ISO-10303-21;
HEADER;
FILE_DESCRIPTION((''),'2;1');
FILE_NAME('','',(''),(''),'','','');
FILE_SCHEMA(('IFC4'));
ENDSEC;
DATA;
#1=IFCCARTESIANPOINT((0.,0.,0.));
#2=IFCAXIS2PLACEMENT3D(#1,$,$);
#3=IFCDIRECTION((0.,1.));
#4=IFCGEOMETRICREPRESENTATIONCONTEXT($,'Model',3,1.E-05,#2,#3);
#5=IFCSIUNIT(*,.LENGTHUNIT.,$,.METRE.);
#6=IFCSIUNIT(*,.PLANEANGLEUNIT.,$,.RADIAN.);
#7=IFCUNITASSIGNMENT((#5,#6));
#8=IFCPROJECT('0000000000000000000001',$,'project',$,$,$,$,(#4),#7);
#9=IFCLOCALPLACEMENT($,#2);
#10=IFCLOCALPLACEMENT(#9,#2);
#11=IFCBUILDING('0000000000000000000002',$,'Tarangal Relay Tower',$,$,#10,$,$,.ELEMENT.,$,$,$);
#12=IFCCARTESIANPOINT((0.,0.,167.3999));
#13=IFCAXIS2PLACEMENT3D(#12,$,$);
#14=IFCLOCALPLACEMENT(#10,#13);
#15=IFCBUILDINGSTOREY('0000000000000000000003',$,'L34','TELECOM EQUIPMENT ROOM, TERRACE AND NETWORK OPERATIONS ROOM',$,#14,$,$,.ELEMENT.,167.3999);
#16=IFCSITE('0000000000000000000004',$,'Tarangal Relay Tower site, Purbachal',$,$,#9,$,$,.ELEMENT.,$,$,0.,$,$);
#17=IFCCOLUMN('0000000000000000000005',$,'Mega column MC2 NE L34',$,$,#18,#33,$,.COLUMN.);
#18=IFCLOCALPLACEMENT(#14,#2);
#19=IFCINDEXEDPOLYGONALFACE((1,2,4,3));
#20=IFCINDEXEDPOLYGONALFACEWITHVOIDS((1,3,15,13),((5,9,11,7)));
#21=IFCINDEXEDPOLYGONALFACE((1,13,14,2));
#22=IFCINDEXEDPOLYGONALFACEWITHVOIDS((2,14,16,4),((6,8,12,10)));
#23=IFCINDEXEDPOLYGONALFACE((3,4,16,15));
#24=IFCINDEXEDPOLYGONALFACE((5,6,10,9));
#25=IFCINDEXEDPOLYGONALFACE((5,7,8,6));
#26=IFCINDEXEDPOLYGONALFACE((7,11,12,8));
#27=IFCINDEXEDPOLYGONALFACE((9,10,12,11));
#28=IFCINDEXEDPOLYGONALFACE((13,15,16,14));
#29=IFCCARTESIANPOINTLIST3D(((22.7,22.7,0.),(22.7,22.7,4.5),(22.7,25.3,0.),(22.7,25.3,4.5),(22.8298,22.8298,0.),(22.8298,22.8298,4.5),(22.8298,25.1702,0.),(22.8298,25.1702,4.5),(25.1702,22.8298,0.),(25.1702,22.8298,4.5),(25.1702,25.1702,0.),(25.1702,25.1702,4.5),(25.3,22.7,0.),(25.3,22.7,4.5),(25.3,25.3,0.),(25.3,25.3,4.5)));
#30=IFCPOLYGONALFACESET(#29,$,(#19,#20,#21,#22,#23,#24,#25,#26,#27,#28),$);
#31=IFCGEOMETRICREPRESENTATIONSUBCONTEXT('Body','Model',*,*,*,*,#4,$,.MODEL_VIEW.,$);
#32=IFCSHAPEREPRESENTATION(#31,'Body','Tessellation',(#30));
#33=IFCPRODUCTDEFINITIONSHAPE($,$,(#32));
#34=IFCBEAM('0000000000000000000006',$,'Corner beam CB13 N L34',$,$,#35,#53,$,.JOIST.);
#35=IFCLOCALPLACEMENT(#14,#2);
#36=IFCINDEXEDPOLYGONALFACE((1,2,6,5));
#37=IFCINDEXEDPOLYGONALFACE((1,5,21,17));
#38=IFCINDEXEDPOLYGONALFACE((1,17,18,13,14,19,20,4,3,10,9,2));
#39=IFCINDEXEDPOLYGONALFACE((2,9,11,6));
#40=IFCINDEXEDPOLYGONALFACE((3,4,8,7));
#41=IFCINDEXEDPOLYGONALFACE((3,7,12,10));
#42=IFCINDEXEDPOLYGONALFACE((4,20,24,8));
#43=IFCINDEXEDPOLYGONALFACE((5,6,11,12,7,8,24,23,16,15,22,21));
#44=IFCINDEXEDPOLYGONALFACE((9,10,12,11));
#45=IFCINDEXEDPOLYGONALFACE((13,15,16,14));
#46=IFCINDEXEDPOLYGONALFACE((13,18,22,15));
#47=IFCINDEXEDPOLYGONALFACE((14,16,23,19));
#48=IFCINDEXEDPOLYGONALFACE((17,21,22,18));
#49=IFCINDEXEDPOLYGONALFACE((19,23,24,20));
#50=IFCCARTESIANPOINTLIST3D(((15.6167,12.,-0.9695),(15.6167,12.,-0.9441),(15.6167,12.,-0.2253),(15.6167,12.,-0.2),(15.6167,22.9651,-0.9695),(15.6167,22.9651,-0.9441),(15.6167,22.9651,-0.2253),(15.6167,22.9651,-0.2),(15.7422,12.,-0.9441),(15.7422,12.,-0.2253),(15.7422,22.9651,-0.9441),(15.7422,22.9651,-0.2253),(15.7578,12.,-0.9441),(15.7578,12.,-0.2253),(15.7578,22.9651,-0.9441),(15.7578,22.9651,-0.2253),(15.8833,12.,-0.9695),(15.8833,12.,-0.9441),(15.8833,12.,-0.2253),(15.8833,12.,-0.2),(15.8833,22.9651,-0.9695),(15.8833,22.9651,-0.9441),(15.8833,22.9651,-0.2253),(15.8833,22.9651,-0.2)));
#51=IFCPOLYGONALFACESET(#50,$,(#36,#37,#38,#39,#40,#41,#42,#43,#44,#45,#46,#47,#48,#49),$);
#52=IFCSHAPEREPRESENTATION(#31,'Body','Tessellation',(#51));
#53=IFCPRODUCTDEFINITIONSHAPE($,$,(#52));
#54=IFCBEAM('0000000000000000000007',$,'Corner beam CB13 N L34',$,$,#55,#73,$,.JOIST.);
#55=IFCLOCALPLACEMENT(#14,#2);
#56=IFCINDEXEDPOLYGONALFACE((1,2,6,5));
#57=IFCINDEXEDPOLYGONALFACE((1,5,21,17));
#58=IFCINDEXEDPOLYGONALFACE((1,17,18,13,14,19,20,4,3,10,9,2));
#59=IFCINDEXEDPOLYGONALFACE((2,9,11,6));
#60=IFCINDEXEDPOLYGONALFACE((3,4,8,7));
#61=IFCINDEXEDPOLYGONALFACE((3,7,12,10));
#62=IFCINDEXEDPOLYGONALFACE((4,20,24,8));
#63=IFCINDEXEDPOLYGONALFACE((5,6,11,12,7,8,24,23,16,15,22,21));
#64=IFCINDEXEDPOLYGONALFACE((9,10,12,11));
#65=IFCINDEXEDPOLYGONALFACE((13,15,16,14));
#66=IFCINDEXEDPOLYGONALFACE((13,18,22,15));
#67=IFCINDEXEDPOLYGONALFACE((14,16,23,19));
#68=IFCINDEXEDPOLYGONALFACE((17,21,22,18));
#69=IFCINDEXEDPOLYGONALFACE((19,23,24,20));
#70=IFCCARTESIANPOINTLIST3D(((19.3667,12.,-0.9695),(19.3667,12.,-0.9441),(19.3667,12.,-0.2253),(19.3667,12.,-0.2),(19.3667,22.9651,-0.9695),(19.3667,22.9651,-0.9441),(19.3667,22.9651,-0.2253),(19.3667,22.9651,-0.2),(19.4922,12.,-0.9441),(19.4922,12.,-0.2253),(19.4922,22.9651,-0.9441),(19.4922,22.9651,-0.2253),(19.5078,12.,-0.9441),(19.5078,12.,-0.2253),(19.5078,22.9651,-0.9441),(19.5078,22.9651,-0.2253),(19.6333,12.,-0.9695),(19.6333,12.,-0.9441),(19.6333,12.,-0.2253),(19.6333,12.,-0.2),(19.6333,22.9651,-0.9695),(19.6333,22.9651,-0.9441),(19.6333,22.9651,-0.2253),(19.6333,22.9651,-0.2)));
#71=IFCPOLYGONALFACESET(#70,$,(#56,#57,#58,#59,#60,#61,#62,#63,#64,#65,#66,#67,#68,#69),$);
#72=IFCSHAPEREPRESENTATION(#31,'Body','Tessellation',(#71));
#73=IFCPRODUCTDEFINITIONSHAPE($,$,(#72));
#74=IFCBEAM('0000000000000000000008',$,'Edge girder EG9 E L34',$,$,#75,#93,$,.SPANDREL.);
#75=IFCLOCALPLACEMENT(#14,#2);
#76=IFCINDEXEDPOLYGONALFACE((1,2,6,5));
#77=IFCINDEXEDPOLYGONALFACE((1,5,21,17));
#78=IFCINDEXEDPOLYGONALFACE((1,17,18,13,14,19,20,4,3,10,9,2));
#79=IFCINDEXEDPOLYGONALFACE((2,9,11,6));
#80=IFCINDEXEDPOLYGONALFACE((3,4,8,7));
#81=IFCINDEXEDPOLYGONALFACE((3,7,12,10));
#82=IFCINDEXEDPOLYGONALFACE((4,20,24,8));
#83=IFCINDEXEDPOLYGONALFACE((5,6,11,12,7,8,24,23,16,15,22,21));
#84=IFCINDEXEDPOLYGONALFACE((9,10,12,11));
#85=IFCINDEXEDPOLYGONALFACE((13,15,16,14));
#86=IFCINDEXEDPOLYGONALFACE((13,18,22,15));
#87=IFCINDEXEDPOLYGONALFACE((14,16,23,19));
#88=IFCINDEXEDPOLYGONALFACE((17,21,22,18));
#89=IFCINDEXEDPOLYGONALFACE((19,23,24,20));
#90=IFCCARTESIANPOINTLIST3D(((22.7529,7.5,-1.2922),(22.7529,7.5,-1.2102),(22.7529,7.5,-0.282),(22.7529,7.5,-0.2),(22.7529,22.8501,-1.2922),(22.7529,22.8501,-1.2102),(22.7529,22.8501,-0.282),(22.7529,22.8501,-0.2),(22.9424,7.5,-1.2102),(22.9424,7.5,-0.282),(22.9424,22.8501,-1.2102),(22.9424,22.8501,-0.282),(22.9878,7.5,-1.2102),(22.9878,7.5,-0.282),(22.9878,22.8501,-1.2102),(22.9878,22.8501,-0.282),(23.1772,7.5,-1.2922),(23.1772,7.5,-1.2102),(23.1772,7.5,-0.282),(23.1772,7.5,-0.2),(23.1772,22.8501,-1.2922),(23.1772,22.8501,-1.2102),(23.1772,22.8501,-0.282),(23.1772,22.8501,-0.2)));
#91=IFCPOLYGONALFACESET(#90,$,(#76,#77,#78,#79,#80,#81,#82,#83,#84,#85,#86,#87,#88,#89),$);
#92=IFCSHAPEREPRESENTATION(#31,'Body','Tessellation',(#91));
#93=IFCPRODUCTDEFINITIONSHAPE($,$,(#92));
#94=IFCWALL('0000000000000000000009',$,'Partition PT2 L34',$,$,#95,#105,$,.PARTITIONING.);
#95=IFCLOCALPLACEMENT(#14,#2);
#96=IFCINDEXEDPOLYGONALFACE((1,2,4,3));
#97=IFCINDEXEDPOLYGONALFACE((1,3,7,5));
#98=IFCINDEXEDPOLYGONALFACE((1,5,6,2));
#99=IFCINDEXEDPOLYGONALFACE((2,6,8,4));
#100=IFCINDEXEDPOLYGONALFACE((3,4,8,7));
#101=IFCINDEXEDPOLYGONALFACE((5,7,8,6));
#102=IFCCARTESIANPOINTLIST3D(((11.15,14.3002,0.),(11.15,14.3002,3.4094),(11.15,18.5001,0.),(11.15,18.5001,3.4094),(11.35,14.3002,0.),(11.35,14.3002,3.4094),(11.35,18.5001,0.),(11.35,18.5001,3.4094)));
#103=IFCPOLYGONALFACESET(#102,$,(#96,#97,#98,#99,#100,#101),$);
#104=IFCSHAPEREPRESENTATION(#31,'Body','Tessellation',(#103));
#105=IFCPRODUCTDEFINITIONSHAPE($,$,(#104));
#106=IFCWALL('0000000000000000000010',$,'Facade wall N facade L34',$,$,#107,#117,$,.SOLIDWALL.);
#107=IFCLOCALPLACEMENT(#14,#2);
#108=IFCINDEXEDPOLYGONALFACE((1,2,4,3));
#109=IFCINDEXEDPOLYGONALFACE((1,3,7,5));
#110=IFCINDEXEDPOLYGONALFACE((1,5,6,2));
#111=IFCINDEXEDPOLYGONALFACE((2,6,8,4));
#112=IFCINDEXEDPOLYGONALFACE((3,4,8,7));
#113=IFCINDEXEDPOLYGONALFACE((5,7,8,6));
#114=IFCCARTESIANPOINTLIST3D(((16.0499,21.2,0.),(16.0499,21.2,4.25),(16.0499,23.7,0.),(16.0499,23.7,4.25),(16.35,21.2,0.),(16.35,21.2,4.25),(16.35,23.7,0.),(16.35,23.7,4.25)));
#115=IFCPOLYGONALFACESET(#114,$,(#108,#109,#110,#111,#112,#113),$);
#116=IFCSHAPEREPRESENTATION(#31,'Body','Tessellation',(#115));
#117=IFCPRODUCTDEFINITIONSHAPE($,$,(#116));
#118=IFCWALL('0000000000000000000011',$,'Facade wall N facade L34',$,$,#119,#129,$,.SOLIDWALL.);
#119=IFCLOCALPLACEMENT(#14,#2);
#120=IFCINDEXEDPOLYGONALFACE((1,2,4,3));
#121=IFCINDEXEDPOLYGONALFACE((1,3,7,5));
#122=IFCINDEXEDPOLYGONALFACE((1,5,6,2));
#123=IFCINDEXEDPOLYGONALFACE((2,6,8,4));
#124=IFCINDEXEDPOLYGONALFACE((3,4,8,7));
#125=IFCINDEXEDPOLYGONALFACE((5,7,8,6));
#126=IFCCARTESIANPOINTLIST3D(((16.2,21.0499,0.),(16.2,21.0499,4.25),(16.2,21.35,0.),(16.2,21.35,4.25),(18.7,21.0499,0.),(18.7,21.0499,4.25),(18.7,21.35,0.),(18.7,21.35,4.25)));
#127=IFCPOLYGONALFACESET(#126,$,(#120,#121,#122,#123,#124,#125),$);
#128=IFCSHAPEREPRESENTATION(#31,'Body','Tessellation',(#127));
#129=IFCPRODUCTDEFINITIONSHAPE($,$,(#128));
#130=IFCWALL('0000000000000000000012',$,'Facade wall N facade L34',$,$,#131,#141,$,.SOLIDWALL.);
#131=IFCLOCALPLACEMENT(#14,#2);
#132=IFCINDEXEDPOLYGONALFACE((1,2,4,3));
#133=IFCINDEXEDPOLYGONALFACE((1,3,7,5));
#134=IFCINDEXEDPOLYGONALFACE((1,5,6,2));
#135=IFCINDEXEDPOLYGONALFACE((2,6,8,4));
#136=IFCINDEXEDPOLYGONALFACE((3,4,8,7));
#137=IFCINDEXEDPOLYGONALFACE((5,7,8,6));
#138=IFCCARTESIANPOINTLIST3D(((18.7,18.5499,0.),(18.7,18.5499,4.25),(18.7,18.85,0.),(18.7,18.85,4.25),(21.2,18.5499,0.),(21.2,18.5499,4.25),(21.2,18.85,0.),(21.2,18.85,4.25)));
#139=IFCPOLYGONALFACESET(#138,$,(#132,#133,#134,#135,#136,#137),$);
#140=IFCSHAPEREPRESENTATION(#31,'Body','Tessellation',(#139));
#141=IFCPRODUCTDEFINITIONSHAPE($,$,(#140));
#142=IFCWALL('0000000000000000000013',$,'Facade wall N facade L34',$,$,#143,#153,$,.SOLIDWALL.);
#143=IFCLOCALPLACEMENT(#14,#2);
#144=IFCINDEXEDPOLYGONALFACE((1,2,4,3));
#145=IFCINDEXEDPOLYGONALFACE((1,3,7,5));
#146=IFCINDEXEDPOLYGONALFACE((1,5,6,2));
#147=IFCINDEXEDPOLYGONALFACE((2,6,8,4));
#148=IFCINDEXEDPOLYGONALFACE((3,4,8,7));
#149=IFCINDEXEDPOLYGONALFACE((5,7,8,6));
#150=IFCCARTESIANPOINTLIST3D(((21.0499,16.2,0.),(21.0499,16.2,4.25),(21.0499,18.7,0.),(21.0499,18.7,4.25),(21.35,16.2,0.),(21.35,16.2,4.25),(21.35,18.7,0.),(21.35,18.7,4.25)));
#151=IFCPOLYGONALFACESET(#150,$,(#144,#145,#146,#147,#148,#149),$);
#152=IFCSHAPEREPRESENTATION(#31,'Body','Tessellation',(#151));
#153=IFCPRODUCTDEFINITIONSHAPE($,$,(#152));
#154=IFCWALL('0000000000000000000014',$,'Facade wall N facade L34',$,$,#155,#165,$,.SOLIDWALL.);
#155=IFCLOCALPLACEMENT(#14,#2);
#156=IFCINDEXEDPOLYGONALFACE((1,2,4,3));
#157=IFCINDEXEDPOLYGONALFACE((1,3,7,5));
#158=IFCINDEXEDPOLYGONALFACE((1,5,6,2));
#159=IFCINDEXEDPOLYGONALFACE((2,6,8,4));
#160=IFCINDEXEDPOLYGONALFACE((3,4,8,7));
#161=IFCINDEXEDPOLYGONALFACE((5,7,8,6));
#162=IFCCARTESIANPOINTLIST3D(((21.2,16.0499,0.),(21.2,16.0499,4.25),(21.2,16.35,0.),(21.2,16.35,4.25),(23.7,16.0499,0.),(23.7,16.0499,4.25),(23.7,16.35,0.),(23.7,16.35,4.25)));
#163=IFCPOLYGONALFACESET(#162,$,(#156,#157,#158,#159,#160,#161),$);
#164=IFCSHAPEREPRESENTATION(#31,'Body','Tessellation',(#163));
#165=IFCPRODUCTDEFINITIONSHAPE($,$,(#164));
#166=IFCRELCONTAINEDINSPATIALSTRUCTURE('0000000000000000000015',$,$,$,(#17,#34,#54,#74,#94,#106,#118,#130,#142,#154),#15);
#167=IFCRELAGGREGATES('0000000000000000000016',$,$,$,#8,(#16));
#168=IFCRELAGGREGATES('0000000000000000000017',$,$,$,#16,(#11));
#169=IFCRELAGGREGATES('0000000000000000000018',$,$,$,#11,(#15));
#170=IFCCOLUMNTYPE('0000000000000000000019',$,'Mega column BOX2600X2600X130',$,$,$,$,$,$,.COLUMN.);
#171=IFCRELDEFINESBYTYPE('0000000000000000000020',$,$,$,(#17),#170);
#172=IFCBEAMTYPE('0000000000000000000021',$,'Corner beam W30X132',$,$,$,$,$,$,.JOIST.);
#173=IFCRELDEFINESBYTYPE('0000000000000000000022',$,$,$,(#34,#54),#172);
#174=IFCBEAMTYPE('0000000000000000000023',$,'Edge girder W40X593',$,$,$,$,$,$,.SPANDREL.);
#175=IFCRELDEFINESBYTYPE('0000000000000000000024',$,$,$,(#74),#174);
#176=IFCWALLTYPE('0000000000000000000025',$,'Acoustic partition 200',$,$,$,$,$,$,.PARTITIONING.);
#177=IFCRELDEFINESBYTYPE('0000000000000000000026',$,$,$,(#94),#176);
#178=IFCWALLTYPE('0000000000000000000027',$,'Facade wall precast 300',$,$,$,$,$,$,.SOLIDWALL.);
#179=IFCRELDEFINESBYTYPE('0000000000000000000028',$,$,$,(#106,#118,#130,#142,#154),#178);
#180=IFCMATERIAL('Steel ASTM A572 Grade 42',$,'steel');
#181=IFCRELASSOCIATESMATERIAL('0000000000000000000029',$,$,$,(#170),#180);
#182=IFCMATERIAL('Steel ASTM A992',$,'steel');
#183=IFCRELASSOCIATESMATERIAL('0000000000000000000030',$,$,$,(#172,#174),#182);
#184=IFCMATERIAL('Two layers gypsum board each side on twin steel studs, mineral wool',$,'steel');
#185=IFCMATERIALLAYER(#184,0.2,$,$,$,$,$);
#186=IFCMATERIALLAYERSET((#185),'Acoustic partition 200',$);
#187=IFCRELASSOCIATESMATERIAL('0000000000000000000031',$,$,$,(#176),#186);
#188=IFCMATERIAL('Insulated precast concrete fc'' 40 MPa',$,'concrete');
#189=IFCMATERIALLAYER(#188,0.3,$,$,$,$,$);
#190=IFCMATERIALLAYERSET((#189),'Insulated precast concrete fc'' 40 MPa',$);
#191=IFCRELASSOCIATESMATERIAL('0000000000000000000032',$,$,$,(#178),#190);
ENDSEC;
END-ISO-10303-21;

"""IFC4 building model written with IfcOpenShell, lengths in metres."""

from ifc_helpers import new_model, si_unit, direction, frame, frame_2d, origin, origin_2d, place, context, subcontext, project, spatial, rectangle, hollow_rectangle, i_section, extrude, material, layer, layer_set, material_profile, profile_set, type_object, element, save


model = new_model("IFC4")

# Units and contexts
model_context = context("Model", 3, precision=1e-05, world=origin(), true_north=direction((0.0, 1.0)))
body_context = subcontext(model_context, "Body", "Model", "MODEL_VIEW")
ifc_project = project(units=[si_unit("LENGTHUNIT", "METRE"), si_unit("PLANEANGLEUNIT", "RADIAN")], contexts=[model_context])

# Site, building, storey
site_placement = place(None, origin())
site = spatial("IfcSite", under=ifc_project, at=site_placement, Name="Tarangal Relay Tower site, Purbachal", CompositionType="ELEMENT", RefElevation=0.0)
building_placement = place(site_placement, origin())
building = spatial("IfcBuilding", under=site, at=building_placement, Name="Tarangal Relay Tower", CompositionType="ELEMENT")
storey_placement = place(building_placement, frame((0.0, 0.0, 167.3999)))
storey = spatial("IfcBuildingStorey", under=building, at=storey_placement, Name="L34", Description="TELECOM EQUIPMENT ROOM, TERRACE AND NETWORK OPERATIONS ROOM", CompositionType="ELEMENT", Elevation=167.3999)

# Column
ifc_material_1 = material(Name="Steel ASTM A572 Grade 42", Category="steel")
ifc_material_profile_1 = material_profile(ifc_material_1, hollow_rectangle(XDim=2.6001, YDim=2.6001, WallThickness=0.1299, at=origin_2d()), Name="BOX2600X2600X130")
ifc_profile_set_1 = profile_set([ifc_material_profile_1], Name="Steel ASTM A572 Grade 42")
column_type = type_object("IfcColumnType", Name="Mega column BOX2600X2600X130", PredefinedType="COLUMN", material=ifc_profile_set_1)
column_placement = place(storey_placement, frame((24.0, 24.0, 0.0), z_axis=(0.0, 0.0, 1.0), x_axis=(1.0, 0.0, 0.0)))
element("IfcColumn", 1, at=column_placement, inside=storey, type_object=column_type, Name="Mega column MC2 NE L34", PredefinedType="COLUMN", context=body_context, shape_type="SweptSolid", body=[
    extrude(hollow_rectangle(XDim=2.6001, YDim=2.6001, WallThickness=0.1299, at=origin_2d()), origin(), (0.0, 0.0, 1.0), 4.5),
])

# Beams
ifc_material_2 = material(Name="Steel ASTM A992", Category="steel")
ifc_material_profile_2 = material_profile(ifc_material_2, i_section(OverallWidth=0.2666, OverallDepth=0.7695, WebThickness=0.0156, FlangeThickness=0.0254, at=origin_2d()), Name="W30X132")
ifc_profile_set_2 = profile_set([ifc_material_profile_2], Name="Steel ASTM A992")
beam_type_1 = type_object("IfcBeamType", Name="Corner beam W30X132", PredefinedType="JOIST", material=ifc_profile_set_2)
for number, where, z_axis, x_axis, name in (
    (2, (15.75, 12.0, -0.5847), (0.0, 1.0, 0.0), (-1.0, 0.0, 0.0), "Corner beam CB13 N L34"),
    (3, (19.5, 12.0, -0.5847), (0.0, 1.0, 0.0), (-1.0, 0.0, 0.0), "Corner beam CB13 N L34"),
):
    element("IfcBeam", number, at=place(storey_placement, frame(where, z_axis=z_axis, x_axis=x_axis)), inside=storey, type_object=beam_type_1, Name=name, PredefinedType="JOIST", context=body_context, shape_type="SweptSolid", body=[
        extrude(i_section(OverallWidth=0.2666, OverallDepth=0.7695, WebThickness=0.0156, FlangeThickness=0.0254, at=origin_2d()), origin(), (0.0, 0.0, 1.0), 10.9651),
    ])
ifc_material_profile_3 = material_profile(ifc_material_2, i_section(OverallWidth=0.4243, OverallDepth=1.0923, WebThickness=0.0454, FlangeThickness=0.082, at=origin_2d()), Name="W40X593")
ifc_profile_set_3 = profile_set([ifc_material_profile_3], Name="Steel ASTM A992")
beam_type_2 = type_object("IfcBeamType", Name="Edge girder W40X593", PredefinedType="SPANDREL", material=ifc_profile_set_3)
beam_placement = place(storey_placement, frame((22.9651, 22.8501, -0.7461), z_axis=(0.0, -1.0, 0.0), x_axis=(1.0, 0.0, 0.0)))
element("IfcBeam", 4, at=beam_placement, inside=storey, type_object=beam_type_2, Name="Edge girder EG9 E L34", PredefinedType="SPANDREL", context=body_context, shape_type="SweptSolid", body=[
    extrude(i_section(OverallWidth=0.4243, OverallDepth=1.0923, WebThickness=0.0454, FlangeThickness=0.082, at=origin_2d()), origin(), (0.0, 0.0, 1.0), 15.3501),
])

# Walls
ifc_material_3 = material(Name="Two layers gypsum board each side on twin steel studs, mineral wool", Category="steel")
ifc_layer_1 = layer(ifc_material_3, 0.2)
ifc_layer_set_1 = layer_set([ifc_layer_1], Name="Acoustic partition 200")
wall_type_1 = type_object("IfcWallType", Name="Acoustic partition 200", PredefinedType="PARTITIONING", material=ifc_layer_set_1)
wall_1_placement = place(storey_placement, frame((11.25, 14.3, 0.0), z_axis=(0.0, 0.0, 1.0), x_axis=(0.0, 1.0, 0.0)))
element("IfcWall", 5, at=wall_1_placement, inside=storey, type_object=wall_type_1, Name="Partition PT2 L34", PredefinedType="PARTITIONING", context=body_context, shape_type="SweptSolid", body=[
    extrude(rectangle(XDim=4.2, YDim=0.2, at=frame_2d((2.1001, 0.0))), origin(), (0.0, 0.0, 1.0), 3.4094),
])
ifc_material_4 = material(Name="Insulated precast concrete fc' 40 MPa", Category="concrete")
ifc_layer_2 = layer(ifc_material_4, 0.3)
ifc_layer_set_2 = layer_set([ifc_layer_2], Name="Insulated precast concrete fc' 40 MPa")
wall_type_2 = type_object("IfcWallType", Name="Facade wall precast 300", PredefinedType="SOLIDWALL", material=ifc_layer_set_2)
for number, where, z_axis, x_axis, name in (
    (6, (16.2, 23.7, 0.0), (0.0, 0.0, 1.0), (0.0, -1.0, 0.0), "Facade wall N facade L34"),
    (7, (16.2, 21.2, 0.0), (0.0, 0.0, 1.0), (1.0, 0.0, 0.0), "Facade wall N facade L34"),
):
    element("IfcWall", number, at=place(storey_placement, frame(where, z_axis=z_axis, x_axis=x_axis)), inside=storey, type_object=wall_type_2, Name=name, PredefinedType="SOLIDWALL", context=body_context, shape_type="SweptSolid", body=[
        extrude(rectangle(XDim=2.5, YDim=0.3, at=frame_2d((1.25, 0.0))), origin(), (0.0, 0.0, 1.0), 4.25),
    ])

# Walls
for number, where, z_axis, x_axis, name in (
    (8, (18.7, 18.7, 0.0), (0.0, 0.0, 1.0), (1.0, 0.0, 0.0), "Facade wall N facade L34"),
    (9, (21.2, 18.7, 0.0), (0.0, 0.0, 1.0), (0.0, -1.0, 0.0), "Facade wall N facade L34"),
    (10, (21.2, 16.2, 0.0), (0.0, 0.0, 1.0), (1.0, 0.0, 0.0), "Facade wall N facade L34"),
):
    element("IfcWall", number, at=place(storey_placement, frame(where, z_axis=z_axis, x_axis=x_axis)), inside=storey, type_object=wall_type_2, Name=name, PredefinedType="SOLIDWALL", context=body_context, shape_type="SweptSolid", body=[
        extrude(rectangle(XDim=2.5, YDim=0.3, at=frame_2d((1.25, 0.0))), origin(), (0.0, 0.0, 1.0), 4.25),
    ])

save(model, "model.ifc")
